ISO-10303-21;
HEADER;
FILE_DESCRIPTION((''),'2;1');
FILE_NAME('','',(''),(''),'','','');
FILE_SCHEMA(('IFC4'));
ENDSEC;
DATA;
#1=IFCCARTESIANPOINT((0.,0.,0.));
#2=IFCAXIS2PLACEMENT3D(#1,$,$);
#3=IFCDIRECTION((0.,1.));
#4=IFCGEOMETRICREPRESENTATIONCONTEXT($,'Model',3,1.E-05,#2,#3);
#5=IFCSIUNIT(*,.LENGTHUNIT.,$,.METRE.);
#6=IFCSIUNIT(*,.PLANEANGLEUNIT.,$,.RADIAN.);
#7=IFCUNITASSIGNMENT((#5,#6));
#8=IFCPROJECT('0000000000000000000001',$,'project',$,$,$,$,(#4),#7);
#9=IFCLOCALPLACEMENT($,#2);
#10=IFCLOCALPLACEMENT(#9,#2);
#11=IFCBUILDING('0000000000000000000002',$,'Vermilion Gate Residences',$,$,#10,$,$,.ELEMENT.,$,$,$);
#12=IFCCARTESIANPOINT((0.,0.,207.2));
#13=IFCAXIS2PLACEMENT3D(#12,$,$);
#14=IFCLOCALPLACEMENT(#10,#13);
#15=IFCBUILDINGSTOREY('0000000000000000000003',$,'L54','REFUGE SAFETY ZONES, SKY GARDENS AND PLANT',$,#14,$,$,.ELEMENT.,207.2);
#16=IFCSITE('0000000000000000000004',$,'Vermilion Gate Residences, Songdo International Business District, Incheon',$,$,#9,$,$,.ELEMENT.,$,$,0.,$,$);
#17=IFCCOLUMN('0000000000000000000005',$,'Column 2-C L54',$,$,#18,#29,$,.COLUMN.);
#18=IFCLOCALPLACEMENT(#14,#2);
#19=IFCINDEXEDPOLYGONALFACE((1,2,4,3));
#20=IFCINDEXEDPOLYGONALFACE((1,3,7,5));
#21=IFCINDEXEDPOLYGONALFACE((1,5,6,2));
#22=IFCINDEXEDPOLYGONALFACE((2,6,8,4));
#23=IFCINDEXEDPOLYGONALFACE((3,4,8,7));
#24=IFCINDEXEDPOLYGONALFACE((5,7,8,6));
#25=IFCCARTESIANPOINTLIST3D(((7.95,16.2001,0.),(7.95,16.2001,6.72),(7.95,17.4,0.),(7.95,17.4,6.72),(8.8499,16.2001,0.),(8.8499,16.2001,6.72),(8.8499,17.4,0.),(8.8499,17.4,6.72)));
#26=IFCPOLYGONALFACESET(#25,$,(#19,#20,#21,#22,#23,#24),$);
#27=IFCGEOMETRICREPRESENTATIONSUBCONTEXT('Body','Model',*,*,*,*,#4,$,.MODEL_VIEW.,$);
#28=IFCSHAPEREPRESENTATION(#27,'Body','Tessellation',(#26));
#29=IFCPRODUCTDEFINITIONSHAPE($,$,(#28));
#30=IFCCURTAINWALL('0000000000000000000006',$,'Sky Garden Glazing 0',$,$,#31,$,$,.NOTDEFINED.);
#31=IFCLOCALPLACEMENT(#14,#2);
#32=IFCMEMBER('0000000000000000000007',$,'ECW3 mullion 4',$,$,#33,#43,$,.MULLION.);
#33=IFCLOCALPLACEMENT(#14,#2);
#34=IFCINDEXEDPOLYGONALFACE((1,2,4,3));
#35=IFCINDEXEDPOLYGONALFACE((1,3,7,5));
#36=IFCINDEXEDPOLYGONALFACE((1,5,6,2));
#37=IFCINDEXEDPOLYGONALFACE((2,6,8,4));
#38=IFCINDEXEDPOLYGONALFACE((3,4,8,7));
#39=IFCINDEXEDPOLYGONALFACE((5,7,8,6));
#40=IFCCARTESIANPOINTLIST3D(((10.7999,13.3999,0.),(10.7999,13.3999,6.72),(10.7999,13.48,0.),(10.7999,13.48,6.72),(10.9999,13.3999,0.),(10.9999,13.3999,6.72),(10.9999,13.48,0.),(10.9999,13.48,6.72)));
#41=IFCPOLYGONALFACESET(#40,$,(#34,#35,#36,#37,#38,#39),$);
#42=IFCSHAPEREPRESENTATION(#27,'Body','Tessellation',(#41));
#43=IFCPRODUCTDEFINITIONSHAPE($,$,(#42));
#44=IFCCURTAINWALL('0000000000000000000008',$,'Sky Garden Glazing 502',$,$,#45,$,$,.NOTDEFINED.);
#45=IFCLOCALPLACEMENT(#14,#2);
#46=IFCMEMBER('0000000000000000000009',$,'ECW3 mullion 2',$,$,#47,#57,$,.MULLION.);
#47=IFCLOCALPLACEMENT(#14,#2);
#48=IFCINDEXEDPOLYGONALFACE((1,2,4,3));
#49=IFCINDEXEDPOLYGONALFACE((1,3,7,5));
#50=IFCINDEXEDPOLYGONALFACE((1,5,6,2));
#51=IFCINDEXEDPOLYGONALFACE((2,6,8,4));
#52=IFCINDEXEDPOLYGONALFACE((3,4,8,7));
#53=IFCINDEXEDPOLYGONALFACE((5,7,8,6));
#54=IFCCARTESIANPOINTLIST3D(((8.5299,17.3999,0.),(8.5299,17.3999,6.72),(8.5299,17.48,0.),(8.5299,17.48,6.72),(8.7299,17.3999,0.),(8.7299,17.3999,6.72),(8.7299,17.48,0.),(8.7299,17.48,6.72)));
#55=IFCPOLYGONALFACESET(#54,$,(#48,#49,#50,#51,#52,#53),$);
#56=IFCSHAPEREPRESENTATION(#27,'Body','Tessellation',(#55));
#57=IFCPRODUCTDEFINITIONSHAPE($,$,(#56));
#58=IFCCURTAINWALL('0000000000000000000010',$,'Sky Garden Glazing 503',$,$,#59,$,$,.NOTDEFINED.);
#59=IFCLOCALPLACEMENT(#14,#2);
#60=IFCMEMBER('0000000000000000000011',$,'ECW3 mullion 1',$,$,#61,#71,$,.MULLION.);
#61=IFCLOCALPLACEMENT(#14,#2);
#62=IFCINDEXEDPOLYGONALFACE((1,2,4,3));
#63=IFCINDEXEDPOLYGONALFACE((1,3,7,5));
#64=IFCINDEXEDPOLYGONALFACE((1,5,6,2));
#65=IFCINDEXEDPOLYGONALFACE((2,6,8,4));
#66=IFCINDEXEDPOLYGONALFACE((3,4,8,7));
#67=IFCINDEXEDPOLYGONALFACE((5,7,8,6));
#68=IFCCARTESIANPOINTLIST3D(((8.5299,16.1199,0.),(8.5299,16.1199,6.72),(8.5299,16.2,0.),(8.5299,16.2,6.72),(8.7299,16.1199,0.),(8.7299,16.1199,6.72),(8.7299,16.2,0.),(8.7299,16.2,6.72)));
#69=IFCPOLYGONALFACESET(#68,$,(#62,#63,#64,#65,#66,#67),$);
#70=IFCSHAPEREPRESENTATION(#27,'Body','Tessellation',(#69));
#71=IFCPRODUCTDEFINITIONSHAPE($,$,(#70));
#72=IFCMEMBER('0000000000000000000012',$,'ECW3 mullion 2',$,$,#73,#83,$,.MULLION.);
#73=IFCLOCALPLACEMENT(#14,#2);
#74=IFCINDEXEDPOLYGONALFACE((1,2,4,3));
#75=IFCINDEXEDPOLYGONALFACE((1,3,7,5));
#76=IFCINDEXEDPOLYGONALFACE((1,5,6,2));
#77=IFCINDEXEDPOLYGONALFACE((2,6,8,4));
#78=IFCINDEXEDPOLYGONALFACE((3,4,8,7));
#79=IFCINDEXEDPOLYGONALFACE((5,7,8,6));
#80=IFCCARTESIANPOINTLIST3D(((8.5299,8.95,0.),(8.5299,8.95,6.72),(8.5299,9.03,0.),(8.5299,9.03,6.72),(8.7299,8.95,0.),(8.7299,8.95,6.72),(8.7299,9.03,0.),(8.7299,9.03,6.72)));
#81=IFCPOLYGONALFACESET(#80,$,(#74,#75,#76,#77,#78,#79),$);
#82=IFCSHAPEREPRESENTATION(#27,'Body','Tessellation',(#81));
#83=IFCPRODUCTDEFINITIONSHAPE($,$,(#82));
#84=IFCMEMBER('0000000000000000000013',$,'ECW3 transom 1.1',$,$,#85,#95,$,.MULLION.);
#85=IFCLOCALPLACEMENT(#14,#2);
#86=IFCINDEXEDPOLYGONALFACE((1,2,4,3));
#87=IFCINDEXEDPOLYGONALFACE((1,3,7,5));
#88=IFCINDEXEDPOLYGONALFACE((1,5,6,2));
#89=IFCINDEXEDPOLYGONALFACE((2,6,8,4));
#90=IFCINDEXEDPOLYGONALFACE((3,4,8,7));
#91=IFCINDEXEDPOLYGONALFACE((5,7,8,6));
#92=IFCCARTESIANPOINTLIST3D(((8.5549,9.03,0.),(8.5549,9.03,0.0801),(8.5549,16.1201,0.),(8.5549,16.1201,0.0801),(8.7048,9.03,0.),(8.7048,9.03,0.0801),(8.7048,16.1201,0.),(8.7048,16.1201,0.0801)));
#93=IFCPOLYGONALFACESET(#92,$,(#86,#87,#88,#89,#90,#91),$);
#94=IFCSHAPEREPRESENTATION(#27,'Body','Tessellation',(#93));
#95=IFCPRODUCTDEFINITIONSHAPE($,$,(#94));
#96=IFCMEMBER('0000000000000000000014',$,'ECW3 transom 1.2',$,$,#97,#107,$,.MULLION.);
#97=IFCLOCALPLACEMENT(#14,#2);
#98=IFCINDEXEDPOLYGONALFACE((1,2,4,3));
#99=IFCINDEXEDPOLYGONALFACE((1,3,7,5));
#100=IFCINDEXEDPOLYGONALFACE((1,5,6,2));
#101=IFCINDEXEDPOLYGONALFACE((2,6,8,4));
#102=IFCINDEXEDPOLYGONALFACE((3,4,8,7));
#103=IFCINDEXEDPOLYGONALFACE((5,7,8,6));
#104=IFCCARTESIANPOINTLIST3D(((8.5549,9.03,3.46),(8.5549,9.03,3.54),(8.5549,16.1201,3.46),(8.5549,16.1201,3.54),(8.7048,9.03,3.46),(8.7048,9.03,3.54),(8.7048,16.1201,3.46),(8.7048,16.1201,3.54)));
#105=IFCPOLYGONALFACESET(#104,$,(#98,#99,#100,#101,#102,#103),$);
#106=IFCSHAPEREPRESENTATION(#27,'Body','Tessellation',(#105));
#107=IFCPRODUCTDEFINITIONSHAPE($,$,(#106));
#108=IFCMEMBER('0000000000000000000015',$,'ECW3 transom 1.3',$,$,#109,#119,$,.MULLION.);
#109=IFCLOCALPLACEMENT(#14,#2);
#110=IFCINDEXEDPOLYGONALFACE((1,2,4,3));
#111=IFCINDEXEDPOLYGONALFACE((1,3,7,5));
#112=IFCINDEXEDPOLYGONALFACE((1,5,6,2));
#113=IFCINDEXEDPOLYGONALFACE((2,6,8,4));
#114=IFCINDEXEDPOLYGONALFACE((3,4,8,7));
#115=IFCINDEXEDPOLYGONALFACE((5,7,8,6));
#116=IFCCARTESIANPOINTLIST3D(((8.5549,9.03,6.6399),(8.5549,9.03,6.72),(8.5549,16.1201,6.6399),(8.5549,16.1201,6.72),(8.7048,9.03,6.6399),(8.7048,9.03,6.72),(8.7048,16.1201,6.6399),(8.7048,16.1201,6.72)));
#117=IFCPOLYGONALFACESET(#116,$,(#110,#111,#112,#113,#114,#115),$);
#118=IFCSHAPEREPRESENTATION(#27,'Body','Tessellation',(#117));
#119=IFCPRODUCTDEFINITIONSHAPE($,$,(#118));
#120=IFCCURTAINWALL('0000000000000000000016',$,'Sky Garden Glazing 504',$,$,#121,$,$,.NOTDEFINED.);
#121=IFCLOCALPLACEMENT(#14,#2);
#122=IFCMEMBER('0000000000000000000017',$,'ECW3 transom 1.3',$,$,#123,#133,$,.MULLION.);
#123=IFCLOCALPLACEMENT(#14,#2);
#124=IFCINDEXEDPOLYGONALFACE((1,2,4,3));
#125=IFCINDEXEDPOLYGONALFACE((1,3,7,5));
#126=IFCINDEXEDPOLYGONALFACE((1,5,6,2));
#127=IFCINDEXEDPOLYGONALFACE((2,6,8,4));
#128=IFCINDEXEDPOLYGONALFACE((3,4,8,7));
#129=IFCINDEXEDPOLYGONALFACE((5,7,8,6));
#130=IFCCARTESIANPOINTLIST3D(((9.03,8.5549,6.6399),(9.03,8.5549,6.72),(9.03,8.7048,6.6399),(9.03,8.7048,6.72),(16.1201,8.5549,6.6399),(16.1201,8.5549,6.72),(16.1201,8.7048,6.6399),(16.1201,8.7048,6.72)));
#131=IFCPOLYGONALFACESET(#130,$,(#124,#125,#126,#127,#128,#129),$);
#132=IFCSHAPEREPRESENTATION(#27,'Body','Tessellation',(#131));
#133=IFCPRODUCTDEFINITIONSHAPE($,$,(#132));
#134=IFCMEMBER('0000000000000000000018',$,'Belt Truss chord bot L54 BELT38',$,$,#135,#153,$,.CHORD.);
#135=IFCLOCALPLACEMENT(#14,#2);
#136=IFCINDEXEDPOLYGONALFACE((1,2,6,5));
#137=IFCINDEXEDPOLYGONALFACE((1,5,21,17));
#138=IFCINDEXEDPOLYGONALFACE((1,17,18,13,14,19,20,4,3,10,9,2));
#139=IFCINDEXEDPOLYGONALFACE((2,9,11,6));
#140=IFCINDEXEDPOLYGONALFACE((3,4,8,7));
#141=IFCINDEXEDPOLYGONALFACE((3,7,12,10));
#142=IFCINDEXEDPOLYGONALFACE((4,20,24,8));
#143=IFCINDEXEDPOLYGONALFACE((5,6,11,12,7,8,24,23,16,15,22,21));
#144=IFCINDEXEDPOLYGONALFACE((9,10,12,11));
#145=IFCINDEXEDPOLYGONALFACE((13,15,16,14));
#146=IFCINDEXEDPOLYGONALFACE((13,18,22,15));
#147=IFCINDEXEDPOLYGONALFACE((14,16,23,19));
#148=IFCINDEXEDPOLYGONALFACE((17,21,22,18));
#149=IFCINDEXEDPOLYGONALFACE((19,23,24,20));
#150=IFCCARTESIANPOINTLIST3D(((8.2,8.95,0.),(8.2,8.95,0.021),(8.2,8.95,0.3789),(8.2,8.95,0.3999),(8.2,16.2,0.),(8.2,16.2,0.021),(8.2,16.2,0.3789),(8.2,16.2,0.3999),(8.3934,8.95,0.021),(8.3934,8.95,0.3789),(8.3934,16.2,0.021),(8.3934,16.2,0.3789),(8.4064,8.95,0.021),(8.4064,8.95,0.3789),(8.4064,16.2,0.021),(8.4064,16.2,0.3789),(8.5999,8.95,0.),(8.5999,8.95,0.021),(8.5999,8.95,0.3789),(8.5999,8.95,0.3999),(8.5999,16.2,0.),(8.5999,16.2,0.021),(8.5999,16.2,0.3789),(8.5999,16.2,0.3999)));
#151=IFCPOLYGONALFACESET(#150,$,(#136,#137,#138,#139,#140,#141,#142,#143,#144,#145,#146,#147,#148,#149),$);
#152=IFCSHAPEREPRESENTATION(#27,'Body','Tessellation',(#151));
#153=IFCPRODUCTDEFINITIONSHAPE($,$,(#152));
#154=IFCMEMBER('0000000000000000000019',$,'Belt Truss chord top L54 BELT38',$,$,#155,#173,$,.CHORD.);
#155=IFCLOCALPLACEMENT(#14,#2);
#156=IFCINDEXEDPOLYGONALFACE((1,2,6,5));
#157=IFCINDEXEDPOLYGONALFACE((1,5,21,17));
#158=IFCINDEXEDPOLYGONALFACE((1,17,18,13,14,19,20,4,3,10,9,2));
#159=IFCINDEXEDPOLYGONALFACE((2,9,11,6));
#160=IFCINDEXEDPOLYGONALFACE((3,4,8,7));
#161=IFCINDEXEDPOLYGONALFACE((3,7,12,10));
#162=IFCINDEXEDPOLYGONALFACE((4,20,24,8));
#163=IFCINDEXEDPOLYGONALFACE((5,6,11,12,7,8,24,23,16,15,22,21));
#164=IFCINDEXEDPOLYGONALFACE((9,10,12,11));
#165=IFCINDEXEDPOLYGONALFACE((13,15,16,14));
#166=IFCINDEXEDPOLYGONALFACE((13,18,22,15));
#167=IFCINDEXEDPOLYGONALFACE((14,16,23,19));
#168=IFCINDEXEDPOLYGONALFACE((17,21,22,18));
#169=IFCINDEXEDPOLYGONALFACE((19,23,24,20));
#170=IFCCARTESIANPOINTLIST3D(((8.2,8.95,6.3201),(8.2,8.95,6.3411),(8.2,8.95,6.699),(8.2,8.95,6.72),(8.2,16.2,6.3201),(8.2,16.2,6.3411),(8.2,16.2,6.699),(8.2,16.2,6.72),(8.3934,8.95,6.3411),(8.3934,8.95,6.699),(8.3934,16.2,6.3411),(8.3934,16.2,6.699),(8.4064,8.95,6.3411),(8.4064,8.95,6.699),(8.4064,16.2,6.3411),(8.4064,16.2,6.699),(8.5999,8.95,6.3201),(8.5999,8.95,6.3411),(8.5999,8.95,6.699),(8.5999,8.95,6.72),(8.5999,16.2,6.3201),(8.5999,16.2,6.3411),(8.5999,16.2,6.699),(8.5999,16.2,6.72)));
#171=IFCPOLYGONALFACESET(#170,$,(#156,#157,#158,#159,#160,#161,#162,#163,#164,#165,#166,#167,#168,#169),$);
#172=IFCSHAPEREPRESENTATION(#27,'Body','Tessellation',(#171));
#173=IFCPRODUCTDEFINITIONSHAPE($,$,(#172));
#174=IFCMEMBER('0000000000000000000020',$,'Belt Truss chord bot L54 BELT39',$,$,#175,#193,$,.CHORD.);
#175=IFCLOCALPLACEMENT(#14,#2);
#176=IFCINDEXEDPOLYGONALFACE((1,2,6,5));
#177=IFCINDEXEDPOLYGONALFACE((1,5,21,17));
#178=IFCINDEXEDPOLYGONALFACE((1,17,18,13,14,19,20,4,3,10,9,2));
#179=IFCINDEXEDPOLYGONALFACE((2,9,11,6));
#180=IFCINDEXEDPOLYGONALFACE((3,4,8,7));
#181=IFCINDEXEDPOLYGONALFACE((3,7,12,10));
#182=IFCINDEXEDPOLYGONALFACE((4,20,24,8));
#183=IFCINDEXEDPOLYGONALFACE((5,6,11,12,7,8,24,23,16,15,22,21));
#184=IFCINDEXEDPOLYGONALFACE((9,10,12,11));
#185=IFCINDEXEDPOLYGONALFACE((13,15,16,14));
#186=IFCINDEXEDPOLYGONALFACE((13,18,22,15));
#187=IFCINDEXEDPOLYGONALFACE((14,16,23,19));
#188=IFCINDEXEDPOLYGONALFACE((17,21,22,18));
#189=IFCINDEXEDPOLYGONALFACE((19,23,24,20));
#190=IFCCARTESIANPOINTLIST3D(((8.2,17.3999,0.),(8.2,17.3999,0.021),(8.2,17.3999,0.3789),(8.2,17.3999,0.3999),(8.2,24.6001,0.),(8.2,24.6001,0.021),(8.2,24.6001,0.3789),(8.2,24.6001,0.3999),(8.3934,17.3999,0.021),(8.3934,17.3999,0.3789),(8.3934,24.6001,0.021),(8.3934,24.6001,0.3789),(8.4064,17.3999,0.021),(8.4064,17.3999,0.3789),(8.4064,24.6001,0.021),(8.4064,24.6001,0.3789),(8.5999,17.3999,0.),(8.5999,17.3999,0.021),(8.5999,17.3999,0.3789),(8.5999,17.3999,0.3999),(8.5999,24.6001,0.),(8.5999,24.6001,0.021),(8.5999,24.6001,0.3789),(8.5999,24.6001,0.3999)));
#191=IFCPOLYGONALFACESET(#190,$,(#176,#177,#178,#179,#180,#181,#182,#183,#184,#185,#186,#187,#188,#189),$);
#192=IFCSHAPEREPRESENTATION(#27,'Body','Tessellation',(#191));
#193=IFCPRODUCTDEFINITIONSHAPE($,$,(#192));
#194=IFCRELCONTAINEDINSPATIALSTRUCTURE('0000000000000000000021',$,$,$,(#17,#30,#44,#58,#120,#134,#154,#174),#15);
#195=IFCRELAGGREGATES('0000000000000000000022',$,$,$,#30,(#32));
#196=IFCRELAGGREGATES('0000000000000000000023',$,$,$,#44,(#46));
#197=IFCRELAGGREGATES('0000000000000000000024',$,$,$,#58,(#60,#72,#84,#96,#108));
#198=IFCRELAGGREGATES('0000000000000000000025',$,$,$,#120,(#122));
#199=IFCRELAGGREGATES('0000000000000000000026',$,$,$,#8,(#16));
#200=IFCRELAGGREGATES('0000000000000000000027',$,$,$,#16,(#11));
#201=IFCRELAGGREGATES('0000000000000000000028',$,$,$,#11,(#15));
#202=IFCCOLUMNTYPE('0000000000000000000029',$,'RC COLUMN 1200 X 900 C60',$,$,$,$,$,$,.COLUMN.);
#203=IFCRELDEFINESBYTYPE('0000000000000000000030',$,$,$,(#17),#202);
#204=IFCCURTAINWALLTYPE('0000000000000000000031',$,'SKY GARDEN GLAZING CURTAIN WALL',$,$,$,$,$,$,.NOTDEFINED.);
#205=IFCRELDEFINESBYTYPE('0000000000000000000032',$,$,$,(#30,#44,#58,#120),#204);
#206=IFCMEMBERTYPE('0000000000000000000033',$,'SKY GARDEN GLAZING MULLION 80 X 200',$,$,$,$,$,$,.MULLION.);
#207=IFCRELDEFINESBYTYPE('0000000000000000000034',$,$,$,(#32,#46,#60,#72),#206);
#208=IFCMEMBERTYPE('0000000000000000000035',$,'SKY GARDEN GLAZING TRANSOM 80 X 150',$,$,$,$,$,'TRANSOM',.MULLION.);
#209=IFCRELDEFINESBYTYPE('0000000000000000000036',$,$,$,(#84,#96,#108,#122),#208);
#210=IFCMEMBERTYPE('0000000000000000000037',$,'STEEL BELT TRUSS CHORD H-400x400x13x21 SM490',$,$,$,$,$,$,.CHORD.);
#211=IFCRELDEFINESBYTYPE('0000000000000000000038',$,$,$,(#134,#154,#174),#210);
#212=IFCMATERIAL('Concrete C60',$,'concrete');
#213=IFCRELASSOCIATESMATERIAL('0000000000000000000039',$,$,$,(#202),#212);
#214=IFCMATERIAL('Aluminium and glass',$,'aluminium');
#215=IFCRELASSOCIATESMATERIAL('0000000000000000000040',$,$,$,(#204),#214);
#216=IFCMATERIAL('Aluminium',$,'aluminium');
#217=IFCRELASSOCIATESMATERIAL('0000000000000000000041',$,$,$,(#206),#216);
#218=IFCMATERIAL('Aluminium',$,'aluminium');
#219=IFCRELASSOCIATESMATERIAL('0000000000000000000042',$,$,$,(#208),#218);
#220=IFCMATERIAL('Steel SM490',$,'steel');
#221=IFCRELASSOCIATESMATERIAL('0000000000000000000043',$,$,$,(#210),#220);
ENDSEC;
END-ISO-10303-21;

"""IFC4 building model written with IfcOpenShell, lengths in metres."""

from ifc_helpers import new_model, si_unit, direction, frame, origin, origin_2d, place, context, subcontext, project, spatial, rectangle, i_section, extrude, material, material_profile, profile_set, type_object, element, aggregate, save


model = new_model("IFC4")

# Units and contexts
model_context = context("Model", 3, precision=1e-05, world=origin(), true_north=direction((0.0, 1.0)))
body_context = subcontext(model_context, "Body", "Model", "MODEL_VIEW")
ifc_project = project(units=[si_unit("LENGTHUNIT", "METRE"), si_unit("PLANEANGLEUNIT", "RADIAN")], contexts=[model_context])

# Site, building, storey
site_placement = place(None, origin())
site = spatial("IfcSite", under=ifc_project, at=site_placement, Name="Vermilion Gate Residences, Songdo International Business District, Incheon", CompositionType="ELEMENT", RefElevation=0.0)
building_placement = place(site_placement, origin())
building = spatial("IfcBuilding", under=site, at=building_placement, Name="Vermilion Gate Residences", CompositionType="ELEMENT")
storey_placement = place(building_placement, frame((0.0, 0.0, 207.2)))
storey = spatial("IfcBuildingStorey", under=building, at=storey_placement, Name="L54", Description="REFUGE SAFETY ZONES, SKY GARDENS AND PLANT", CompositionType="ELEMENT", Elevation=207.2)

# Column
ifc_material_1 = material(Name="Concrete C60", Category="concrete")
ifc_material_profile_1 = material_profile(ifc_material_1, rectangle(XDim=1.2, YDim=0.8999, at=origin_2d()), Name="RC-1200x900")
ifc_profile_set_1 = profile_set([ifc_material_profile_1], Name="Concrete C60")
column_type = type_object("IfcColumnType", Name="RC COLUMN 1200 X 900 C60", PredefinedType="COLUMN", material=ifc_profile_set_1)
column_placement = place(storey_placement, frame((8.3999, 16.8, 0.0), z_axis=(0.0, 0.0, 1.0), x_axis=(0.0, 1.0, 0.0)))
element("IfcColumn", 1, at=column_placement, inside=storey, type_object=column_type, Name="Column 2-C L54", PredefinedType="COLUMN", context=body_context, shape_type="SweptSolid", body=[
    extrude(rectangle(XDim=1.2, YDim=0.8999, at=origin_2d()), origin(), (0.0, 0.0, 1.0), 6.72),
])

# Curtain walls, members
ifc_material_2 = material(Name="Aluminium and glass", Category="aluminium")
curtain_wall_type = type_object("IfcCurtainWallType", Name="SKY GARDEN GLAZING CURTAIN WALL", PredefinedType="NOTDEFINED", material=ifc_material_2)
curtain_wall_1_placement = place(storey_placement, origin())
curtain_wall_1 = element("IfcCurtainWall", 2, at=curtain_wall_1_placement, inside=storey, type_object=curtain_wall_type, Name="Sky Garden Glazing 0", PredefinedType="NOTDEFINED")
ifc_material_3 = material(Name="Aluminium", Category="aluminium")
ifc_material_profile_2 = material_profile(ifc_material_3, rectangle(XDim=0.2, YDim=0.0801, at=origin_2d()), Name="MULLION 80 X 200")
ifc_profile_set_2 = profile_set([ifc_material_profile_2], Name="Aluminium")
member_type_1 = type_object("IfcMemberType", Name="SKY GARDEN GLAZING MULLION 80 X 200", PredefinedType="MULLION", material=ifc_profile_set_2)
member_1_placement = place(storey_placement, frame((10.8999, 13.4399, 0.0), z_axis=(0.0, 0.0, 1.0), x_axis=(1.0, 0.0, 0.0)))
member_1 = element("IfcMember", 3, at=member_1_placement, type_object=member_type_1, Name="ECW3 mullion 4", PredefinedType="MULLION", context=body_context, shape_type="SweptSolid", body=[
    extrude(rectangle(XDim=0.2, YDim=0.0801, at=origin_2d()), origin(), (0.0, 0.0, 1.0), 6.72),
])
curtain_wall_2_placement = place(storey_placement, origin())
curtain_wall_2 = element("IfcCurtainWall", 4, at=curtain_wall_2_placement, inside=storey, type_object=curtain_wall_type, Name="Sky Garden Glazing 502", PredefinedType="NOTDEFINED")
member_2_placement = place(storey_placement, frame((8.6299, 17.4399, 0.0), z_axis=(0.0, 0.0, 1.0), x_axis=(1.0, 0.0, 0.0)))
member_2 = element("IfcMember", 5, at=member_2_placement, type_object=member_type_1, Name="ECW3 mullion 2", PredefinedType="MULLION", context=body_context, shape_type="SweptSolid", body=[
    extrude(rectangle(XDim=0.2, YDim=0.0801, at=origin_2d()), origin(), (0.0, 0.0, 1.0), 6.72),
])

# Curtain wall, members
curtain_wall_3_placement = place(storey_placement, origin())
curtain_wall_3 = element("IfcCurtainWall", 6, at=curtain_wall_3_placement, inside=storey, type_object=curtain_wall_type, Name="Sky Garden Glazing 503", PredefinedType="NOTDEFINED")
member_3_placement = place(storey_placement, frame((8.6299, 16.1599, 0.0), z_axis=(0.0, 0.0, 1.0), x_axis=(1.0, 0.0, 0.0)))
member_3 = element("IfcMember", 7, at=member_3_placement, type_object=member_type_1, Name="ECW3 mullion 1", PredefinedType="MULLION", context=body_context, shape_type="SweptSolid", body=[
    extrude(rectangle(XDim=0.2, YDim=0.0801, at=origin_2d()), origin(), (0.0, 0.0, 1.0), 6.72),
])
member_4_placement = place(storey_placement, frame((8.6299, 8.99, 0.0), z_axis=(0.0, 0.0, 1.0), x_axis=(1.0, 0.0, 0.0)))
member_4 = element("IfcMember", 8, at=member_4_placement, type_object=member_type_1, Name="ECW3 mullion 2", PredefinedType="MULLION", context=body_context, shape_type="SweptSolid", body=[
    extrude(rectangle(XDim=0.2, YDim=0.0801, at=origin_2d()), origin(), (0.0, 0.0, 1.0), 6.72),
])
ifc_material_4 = material(Name="Aluminium", Category="aluminium")
ifc_material_profile_3 = material_profile(ifc_material_4, rectangle(XDim=0.1499, YDim=0.0801, at=origin_2d()), Name="TRANSOM 80 X 150")
ifc_profile_set_3 = profile_set([ifc_material_profile_3], Name="Aluminium")
member_type_2 = type_object("IfcMemberType", Name="SKY GARDEN GLAZING TRANSOM 80 X 150", ElementType="TRANSOM", PredefinedType="MULLION", material=ifc_profile_set_3)
member_5_placement = place(storey_placement, frame((8.6299, 16.1201, 0.04), z_axis=(0.0, -1.0, 0.0), x_axis=(1.0, 0.0, 0.0)))
member_5 = element("IfcMember", 9, at=member_5_placement, type_object=member_type_2, Name="ECW3 transom 1.1", PredefinedType="MULLION", context=body_context, shape_type="SweptSolid", body=[
    extrude(rectangle(XDim=0.1499, YDim=0.0801, at=origin_2d()), origin(), (0.0, 0.0, 1.0), 7.0901),
])
member_6_placement = place(storey_placement, frame((8.6299, 16.1201, 3.5), z_axis=(0.0, -1.0, 0.0), x_axis=(1.0, 0.0, 0.0)))
member_6 = element("IfcMember", 10, at=member_6_placement, type_object=member_type_2, Name="ECW3 transom 1.2", PredefinedType="MULLION", context=body_context, shape_type="SweptSolid", body=[
    extrude(rectangle(XDim=0.1499, YDim=0.0801, at=origin_2d()), origin(), (0.0, 0.0, 1.0), 7.0901),
])
member_7_placement = place(storey_placement, frame((8.6299, 16.1201, 6.6799), z_axis=(0.0, -1.0, 0.0), x_axis=(1.0, 0.0, 0.0)))
member_7 = element("IfcMember", 11, at=member_7_placement, type_object=member_type_2, Name="ECW3 transom 1.3", PredefinedType="MULLION", context=body_context, shape_type="SweptSolid", body=[
    extrude(rectangle(XDim=0.1499, YDim=0.0801, at=origin_2d()), origin(), (0.0, 0.0, 1.0), 7.0901),
])

# Curtain wall, member
curtain_wall_4_placement = place(storey_placement, origin())
curtain_wall_4 = element("IfcCurtainWall", 12, at=curtain_wall_4_placement, inside=storey, type_object=curtain_wall_type, Name="Sky Garden Glazing 504", PredefinedType="NOTDEFINED")
member_8_placement = place(storey_placement, frame((9.03, 8.6299, 6.6799), z_axis=(1.0, 0.0, 0.0), x_axis=(0.0, 1.0, 0.0)))
member_8 = element("IfcMember", 13, at=member_8_placement, type_object=member_type_2, Name="ECW3 transom 1.3", PredefinedType="MULLION", context=body_context, shape_type="SweptSolid", body=[
    extrude(rectangle(XDim=0.1499, YDim=0.0801, at=origin_2d()), origin(), (0.0, 0.0, 1.0), 7.0901),
])

# Members
ifc_material_5 = material(Name="Steel SM490", Category="steel")
ifc_material_profile_4 = material_profile(ifc_material_5, i_section(OverallWidth=0.3999, OverallDepth=0.3999, WebThickness=0.0129, FlangeThickness=0.021, at=origin_2d()), Name="H-400x400x13x21")
ifc_profile_set_4 = profile_set([ifc_material_profile_4], Name="Steel SM490")
member_type_3 = type_object("IfcMemberType", Name="STEEL BELT TRUSS CHORD H-400x400x13x21 SM490", PredefinedType="CHORD", material=ifc_profile_set_4)
for number, where, z_axis, x_axis, name in (
    (14, (8.3999, 8.95, 0.2), (0.0, 1.0, 0.0), (-1.0, 0.0, 0.0), "Belt Truss chord bot L54 BELT38"),
    (15, (8.3999, 8.95, 6.52), (0.0, 1.0, 0.0), (-1.0, 0.0, 0.0), "Belt Truss chord top L54 BELT38"),
):
    element("IfcMember", number, at=place(storey_placement, frame(where, z_axis=z_axis, x_axis=x_axis)), inside=storey, type_object=member_type_3, Name=name, PredefinedType="CHORD", context=body_context, shape_type="SweptSolid", body=[
        extrude(i_section(OverallWidth=0.3999, OverallDepth=0.3999, WebThickness=0.0129, FlangeThickness=0.021, at=origin_2d()), origin(), (0.0, 0.0, 1.0), 7.25),
    ])
for number, where, z_axis, x_axis, name in (
    (16, (8.3999, 17.3999, 0.2), (0.0, 1.0, 0.0), (-1.0, 0.0, 0.0), "Belt Truss chord bot L54 BELT39"),
):
    element("IfcMember", number, at=place(storey_placement, frame(where, z_axis=z_axis, x_axis=x_axis)), inside=storey, type_object=member_type_3, Name=name, PredefinedType="CHORD", context=body_context, shape_type="SweptSolid", body=[
        extrude(i_section(OverallWidth=0.3999, OverallDepth=0.3999, WebThickness=0.0129, FlangeThickness=0.021, at=origin_2d()), origin(), (0.0, 0.0, 1.0), 7.2002),
    ])

aggregate(curtain_wall_1, [member_1])
aggregate(curtain_wall_2, [member_2])
aggregate(curtain_wall_3, [member_3, member_4, member_5, member_6, member_7])
aggregate(curtain_wall_4, [member_8])

save(model, "model.ifc")
